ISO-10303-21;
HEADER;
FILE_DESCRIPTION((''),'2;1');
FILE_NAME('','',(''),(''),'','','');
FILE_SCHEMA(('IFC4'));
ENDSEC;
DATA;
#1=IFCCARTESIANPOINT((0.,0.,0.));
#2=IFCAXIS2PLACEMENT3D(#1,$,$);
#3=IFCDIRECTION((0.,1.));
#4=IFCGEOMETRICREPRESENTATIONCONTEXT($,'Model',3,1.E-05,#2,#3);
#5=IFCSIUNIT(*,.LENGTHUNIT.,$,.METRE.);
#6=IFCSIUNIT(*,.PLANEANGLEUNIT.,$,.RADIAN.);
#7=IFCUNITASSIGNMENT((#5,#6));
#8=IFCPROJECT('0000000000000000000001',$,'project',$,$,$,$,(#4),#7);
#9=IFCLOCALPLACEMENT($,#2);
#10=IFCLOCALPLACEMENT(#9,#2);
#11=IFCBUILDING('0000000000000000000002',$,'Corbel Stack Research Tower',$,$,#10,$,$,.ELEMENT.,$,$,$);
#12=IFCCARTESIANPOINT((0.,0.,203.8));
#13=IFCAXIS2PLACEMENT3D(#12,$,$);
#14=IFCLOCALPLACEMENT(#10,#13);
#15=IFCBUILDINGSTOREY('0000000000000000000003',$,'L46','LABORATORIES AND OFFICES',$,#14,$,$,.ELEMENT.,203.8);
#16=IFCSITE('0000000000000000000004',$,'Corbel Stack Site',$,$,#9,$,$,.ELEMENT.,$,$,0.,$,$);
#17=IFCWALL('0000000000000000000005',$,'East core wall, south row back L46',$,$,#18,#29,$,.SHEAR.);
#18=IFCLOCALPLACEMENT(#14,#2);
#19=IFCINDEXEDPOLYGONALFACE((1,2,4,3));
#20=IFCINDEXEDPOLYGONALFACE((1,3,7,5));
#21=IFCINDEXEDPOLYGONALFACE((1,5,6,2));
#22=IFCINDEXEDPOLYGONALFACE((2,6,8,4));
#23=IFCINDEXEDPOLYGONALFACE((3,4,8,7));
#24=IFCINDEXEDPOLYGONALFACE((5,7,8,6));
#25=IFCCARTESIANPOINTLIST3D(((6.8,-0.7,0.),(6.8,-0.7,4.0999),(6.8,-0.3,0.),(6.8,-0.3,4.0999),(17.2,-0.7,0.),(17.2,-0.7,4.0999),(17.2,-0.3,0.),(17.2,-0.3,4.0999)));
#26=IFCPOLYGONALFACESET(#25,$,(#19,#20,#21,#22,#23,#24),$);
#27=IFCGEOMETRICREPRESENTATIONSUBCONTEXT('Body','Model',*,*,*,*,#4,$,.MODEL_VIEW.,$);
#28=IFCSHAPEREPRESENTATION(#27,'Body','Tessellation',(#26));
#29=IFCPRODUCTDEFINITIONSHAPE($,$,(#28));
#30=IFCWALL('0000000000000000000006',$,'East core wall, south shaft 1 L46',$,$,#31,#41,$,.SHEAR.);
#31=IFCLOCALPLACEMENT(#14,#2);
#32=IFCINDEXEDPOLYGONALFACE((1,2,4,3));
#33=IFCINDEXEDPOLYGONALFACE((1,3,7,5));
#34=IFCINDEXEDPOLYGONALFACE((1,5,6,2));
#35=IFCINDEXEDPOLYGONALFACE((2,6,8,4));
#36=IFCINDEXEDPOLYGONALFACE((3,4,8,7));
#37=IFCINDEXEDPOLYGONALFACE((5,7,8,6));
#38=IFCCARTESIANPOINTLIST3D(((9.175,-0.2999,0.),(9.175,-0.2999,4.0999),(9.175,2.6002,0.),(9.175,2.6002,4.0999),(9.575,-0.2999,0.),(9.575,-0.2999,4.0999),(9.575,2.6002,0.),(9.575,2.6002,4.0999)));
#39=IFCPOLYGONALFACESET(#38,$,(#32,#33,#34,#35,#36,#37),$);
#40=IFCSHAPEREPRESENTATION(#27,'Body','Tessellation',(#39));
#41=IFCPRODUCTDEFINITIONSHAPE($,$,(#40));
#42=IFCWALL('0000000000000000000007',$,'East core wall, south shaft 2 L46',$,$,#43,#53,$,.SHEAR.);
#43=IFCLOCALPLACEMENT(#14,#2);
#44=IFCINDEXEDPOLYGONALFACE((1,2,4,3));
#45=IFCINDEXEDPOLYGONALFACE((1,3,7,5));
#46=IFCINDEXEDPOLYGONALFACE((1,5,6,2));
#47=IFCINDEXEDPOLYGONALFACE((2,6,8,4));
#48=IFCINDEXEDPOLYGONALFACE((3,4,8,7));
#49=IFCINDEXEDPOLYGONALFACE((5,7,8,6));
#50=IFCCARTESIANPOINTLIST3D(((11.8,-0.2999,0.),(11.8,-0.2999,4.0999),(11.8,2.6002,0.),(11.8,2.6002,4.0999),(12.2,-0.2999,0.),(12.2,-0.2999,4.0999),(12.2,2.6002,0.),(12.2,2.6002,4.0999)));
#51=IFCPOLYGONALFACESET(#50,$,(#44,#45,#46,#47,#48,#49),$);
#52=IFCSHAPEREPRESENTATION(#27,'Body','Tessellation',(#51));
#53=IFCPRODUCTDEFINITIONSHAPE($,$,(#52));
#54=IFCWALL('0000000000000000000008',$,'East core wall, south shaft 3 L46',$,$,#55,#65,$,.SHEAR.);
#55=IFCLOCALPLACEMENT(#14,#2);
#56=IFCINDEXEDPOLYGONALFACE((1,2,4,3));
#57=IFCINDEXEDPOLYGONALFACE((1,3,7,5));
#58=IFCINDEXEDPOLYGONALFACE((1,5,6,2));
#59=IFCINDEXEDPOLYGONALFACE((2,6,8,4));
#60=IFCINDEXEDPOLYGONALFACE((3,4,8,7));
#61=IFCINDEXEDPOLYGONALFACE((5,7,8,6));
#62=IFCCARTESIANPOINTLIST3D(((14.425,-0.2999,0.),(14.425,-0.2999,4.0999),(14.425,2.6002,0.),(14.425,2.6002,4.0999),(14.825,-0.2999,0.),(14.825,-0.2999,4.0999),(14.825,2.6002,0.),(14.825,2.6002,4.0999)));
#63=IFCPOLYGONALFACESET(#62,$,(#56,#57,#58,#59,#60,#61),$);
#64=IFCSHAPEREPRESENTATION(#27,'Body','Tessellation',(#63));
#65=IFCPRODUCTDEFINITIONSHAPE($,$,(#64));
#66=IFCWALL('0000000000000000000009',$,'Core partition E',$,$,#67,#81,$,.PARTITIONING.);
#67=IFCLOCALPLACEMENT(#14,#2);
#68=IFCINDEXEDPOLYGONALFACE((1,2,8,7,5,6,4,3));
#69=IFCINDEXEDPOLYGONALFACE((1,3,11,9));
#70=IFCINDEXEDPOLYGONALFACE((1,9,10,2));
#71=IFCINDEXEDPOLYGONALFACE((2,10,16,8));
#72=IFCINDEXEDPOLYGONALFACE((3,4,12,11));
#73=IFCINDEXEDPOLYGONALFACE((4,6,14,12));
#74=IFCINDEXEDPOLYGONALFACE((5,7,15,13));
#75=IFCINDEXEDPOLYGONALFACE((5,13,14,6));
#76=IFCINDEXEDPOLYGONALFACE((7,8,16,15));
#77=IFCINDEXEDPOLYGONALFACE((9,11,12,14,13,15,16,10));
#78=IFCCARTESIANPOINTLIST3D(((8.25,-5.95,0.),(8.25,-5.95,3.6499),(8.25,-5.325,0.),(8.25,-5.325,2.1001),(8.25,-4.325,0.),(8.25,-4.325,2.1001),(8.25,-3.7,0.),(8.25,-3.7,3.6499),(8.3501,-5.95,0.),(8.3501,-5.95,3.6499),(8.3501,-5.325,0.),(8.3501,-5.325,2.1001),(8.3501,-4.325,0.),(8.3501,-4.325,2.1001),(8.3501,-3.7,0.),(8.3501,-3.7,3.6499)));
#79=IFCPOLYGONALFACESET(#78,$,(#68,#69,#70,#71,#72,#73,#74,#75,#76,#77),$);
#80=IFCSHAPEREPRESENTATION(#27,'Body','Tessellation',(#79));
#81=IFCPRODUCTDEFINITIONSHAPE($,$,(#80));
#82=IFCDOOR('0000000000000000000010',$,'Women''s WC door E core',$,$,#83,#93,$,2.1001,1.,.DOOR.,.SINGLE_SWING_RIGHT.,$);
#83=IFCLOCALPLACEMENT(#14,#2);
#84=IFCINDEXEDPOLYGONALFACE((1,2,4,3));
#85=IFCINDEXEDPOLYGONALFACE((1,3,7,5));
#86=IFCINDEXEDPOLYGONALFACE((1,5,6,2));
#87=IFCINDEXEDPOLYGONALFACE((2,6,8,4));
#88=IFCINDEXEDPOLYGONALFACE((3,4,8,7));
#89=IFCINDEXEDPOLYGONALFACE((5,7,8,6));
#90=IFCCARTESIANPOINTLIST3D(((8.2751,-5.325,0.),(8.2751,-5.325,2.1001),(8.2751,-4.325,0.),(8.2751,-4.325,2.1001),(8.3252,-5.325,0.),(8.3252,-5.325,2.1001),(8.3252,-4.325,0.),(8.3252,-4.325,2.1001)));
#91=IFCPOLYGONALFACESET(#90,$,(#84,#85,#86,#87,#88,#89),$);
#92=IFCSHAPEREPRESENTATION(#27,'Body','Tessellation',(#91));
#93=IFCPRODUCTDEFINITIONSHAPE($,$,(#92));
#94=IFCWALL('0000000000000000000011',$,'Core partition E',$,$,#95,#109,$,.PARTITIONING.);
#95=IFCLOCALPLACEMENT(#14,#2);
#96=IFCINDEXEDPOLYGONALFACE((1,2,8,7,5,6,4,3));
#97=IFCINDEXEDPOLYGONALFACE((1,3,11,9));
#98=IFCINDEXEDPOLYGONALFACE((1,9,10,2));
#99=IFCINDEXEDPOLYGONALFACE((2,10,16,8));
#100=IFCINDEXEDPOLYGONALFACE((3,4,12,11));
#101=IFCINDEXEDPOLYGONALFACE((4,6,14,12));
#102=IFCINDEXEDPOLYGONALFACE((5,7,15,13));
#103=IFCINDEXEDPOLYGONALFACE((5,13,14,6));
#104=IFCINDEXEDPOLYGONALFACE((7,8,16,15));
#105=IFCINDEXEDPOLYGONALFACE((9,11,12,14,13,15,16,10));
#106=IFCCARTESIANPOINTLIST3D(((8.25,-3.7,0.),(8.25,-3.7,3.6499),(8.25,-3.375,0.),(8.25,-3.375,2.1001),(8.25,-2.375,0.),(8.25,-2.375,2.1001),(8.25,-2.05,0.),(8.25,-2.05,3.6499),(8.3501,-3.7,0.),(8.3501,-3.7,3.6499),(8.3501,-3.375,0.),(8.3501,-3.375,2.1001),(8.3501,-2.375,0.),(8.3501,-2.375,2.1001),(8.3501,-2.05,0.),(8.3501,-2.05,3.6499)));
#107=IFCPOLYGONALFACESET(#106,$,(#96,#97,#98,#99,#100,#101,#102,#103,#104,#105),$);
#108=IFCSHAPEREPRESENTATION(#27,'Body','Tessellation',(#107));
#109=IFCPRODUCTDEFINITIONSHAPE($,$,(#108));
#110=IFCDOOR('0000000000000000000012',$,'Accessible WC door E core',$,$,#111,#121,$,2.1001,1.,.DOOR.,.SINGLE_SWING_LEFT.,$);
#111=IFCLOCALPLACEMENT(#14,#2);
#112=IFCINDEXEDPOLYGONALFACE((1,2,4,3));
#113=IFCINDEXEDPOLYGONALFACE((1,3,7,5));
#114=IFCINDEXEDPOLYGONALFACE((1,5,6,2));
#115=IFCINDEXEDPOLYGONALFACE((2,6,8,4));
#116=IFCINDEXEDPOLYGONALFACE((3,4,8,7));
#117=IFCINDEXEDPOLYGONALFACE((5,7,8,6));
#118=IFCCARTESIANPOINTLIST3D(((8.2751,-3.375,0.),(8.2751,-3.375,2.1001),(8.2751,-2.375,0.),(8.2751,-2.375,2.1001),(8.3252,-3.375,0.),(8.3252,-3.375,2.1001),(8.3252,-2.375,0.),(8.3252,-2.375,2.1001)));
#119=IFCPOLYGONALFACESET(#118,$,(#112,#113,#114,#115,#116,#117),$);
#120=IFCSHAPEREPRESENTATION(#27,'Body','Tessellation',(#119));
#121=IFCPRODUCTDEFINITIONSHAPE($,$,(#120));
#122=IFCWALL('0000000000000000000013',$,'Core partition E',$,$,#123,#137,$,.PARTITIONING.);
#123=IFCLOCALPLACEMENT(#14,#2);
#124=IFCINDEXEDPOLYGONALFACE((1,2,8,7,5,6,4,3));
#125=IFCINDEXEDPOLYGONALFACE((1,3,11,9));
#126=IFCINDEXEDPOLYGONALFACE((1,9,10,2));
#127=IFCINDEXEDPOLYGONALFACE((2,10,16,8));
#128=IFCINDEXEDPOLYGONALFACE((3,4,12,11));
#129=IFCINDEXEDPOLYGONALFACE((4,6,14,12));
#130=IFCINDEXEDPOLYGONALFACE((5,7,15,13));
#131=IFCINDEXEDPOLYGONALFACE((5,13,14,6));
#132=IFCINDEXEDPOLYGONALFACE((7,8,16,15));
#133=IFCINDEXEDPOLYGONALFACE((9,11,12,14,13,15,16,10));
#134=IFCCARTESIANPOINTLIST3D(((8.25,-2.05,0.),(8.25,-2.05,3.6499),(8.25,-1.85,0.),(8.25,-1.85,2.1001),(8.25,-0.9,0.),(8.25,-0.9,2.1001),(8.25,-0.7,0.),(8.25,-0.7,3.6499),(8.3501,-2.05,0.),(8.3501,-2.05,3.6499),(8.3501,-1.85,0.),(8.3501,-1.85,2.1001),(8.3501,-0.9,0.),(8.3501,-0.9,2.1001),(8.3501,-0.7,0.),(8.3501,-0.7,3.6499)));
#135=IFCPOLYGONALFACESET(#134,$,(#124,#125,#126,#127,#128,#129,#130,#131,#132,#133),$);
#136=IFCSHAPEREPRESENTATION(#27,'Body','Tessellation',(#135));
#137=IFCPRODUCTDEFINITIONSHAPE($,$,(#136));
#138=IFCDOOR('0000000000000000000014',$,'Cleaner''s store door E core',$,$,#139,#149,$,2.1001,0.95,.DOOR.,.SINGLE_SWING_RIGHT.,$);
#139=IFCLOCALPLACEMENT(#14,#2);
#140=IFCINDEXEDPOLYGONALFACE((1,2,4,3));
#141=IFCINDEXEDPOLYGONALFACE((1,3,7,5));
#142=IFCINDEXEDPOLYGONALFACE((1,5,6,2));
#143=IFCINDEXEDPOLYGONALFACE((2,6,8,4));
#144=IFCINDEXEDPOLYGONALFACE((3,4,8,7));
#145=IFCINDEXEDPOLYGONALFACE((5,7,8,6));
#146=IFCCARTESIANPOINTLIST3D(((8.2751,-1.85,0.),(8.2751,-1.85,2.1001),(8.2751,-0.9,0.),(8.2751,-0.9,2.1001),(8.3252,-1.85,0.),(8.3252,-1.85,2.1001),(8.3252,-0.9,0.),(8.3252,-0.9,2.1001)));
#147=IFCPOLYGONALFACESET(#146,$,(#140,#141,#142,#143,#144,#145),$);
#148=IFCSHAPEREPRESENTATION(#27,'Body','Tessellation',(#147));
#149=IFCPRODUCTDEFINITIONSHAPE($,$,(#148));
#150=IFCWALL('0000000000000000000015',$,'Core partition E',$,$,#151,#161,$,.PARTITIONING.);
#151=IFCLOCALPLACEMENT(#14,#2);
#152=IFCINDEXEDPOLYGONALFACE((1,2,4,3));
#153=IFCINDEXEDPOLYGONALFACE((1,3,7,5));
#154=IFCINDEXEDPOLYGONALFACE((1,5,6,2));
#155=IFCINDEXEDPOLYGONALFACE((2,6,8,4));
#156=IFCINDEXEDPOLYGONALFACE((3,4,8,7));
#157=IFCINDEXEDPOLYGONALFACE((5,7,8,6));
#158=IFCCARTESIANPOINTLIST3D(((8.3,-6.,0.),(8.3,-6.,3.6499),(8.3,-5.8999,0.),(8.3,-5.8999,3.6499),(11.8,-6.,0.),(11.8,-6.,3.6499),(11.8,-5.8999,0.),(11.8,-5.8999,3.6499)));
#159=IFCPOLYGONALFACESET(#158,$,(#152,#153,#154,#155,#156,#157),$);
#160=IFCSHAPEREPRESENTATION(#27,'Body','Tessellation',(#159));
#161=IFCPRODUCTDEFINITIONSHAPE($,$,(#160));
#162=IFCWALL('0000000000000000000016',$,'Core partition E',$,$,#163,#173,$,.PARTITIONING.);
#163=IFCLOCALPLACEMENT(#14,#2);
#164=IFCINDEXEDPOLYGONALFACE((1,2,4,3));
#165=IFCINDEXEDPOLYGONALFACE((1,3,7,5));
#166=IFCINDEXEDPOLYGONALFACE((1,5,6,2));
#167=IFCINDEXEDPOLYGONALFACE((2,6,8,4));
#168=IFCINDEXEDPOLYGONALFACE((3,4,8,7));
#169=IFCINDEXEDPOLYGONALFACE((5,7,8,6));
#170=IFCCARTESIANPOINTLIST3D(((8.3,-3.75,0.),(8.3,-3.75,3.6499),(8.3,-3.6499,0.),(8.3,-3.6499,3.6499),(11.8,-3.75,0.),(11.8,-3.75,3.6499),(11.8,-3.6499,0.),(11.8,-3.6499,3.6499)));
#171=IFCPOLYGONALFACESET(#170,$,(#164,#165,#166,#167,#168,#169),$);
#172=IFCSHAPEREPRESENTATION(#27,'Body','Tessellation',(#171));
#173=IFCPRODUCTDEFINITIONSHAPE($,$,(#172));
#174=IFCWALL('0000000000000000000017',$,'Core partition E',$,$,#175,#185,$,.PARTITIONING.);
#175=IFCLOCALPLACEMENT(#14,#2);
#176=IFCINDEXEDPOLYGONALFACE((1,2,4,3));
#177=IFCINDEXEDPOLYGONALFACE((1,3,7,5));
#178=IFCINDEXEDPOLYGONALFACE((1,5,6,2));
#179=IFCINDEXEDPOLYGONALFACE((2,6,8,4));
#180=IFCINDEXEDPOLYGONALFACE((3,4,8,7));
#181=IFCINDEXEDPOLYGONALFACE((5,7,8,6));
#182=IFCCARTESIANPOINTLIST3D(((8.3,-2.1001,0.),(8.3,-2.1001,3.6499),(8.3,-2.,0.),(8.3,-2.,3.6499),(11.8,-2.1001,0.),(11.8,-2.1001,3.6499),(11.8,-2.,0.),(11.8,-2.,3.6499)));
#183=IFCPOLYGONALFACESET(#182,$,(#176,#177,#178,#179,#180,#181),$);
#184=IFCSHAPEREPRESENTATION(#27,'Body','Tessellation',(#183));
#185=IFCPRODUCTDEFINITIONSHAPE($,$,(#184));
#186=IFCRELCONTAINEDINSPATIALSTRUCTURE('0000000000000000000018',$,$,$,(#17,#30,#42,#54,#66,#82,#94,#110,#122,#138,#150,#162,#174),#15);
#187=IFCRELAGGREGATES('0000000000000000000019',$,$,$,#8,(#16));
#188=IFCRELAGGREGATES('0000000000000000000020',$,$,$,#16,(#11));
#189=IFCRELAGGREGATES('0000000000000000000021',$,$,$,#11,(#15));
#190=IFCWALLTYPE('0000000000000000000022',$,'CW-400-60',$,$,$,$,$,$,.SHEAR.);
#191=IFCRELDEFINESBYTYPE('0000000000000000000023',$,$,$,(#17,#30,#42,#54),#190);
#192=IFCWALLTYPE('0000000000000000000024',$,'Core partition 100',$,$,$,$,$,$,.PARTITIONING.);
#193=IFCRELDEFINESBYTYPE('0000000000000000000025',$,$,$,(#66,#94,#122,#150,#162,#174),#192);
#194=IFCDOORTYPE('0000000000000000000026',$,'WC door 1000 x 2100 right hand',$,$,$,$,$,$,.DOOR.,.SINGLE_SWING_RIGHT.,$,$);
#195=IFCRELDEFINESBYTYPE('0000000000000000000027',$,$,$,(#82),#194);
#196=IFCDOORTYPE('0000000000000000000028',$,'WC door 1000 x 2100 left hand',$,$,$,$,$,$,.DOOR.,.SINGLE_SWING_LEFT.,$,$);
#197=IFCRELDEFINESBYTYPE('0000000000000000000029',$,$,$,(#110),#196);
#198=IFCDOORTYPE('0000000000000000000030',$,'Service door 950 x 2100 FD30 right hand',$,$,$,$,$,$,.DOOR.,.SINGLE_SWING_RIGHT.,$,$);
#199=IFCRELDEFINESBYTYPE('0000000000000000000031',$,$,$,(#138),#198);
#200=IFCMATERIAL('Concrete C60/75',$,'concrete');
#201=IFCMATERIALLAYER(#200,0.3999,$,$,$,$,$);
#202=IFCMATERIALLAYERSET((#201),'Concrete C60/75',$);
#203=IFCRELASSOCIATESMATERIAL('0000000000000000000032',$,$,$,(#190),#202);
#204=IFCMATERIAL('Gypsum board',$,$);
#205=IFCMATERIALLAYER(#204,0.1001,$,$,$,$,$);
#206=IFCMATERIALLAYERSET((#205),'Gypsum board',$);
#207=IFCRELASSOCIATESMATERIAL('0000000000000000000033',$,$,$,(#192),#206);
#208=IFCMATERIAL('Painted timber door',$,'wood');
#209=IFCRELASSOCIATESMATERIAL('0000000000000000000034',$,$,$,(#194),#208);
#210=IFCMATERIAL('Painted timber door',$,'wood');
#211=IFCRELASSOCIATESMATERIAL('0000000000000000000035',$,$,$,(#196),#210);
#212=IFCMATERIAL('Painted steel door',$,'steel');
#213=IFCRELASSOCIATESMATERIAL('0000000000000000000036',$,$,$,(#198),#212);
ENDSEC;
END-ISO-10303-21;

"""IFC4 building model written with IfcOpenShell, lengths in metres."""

from ifc_helpers import new_model, si_unit, direction, frame, frame_2d, origin, place, context, subcontext, project, spatial, rectangle, extrude, material, layer, layer_set, type_object, element, fill, save


model = new_model("IFC4")

# Units and contexts
model_context = context("Model", 3, precision=1e-05, world=origin(), true_north=direction((0.0, 1.0)))
body_context = subcontext(model_context, "Body", "Model", "MODEL_VIEW")
ifc_project = project(units=[si_unit("LENGTHUNIT", "METRE"), si_unit("PLANEANGLEUNIT", "RADIAN")], contexts=[model_context])

# Site, building, storey
site_placement = place(None, origin())
site = spatial("IfcSite", under=ifc_project, at=site_placement, Name="Corbel Stack Site", CompositionType="ELEMENT", RefElevation=0.0)
building_placement = place(site_placement, origin())
building = spatial("IfcBuilding", under=site, at=building_placement, Name="Corbel Stack Research Tower", CompositionType="ELEMENT")
storey_placement = place(building_placement, frame((0.0, 0.0, 203.8)))
storey = spatial("IfcBuildingStorey", under=building, at=storey_placement, Name="L46", Description="LABORATORIES AND OFFICES", CompositionType="ELEMENT", Elevation=203.8)

# Walls
ifc_material_1 = material(Name="Concrete C60/75", Category="concrete")
ifc_layer_1 = layer(ifc_material_1, 0.3999)
ifc_layer_set_1 = layer_set([ifc_layer_1], Name="Concrete C60/75")
wall_type_1 = type_object("IfcWallType", Name="CW-400-60", PredefinedType="SHEAR", material=ifc_layer_set_1)
wall_1_placement = place(storey_placement, frame((6.8, -0.5, 0.0), z_axis=(0.0, 0.0, 1.0), x_axis=(1.0, 0.0, 0.0)))
element("IfcWall", 1, at=wall_1_placement, inside=storey, type_object=wall_type_1, Name="East core wall, south row back L46", PredefinedType="SHEAR", context=body_context, shape_type="SweptSolid", body=[
    extrude(rectangle(XDim=10.3999, YDim=0.3999, at=frame_2d((5.2, 0.0))), origin(), (0.0, 0.0, 1.0), 4.0999),
])
for number, where, z_axis, x_axis, name in (
    (2, (9.375, -0.3, 0.0), (0.0, 0.0, 1.0), (0.0, 1.0, 0.0), "East core wall, south shaft 1 L46"),
    (3, (12.0, -0.3, 0.0), (0.0, 0.0, 1.0), (0.0, 1.0, 0.0), "East core wall, south shaft 2 L46"),
    (4, (14.625, -0.3, 0.0), (0.0, 0.0, 1.0), (0.0, 1.0, 0.0), "East core wall, south shaft 3 L46"),
):
    element("IfcWall", number, at=place(storey_placement, frame(where, z_axis=z_axis, x_axis=x_axis)), inside=storey, type_object=wall_type_1, Name=name, PredefinedType="SHEAR", context=body_context, shape_type="SweptSolid", body=[
        extrude(rectangle(XDim=2.9001, YDim=0.3999, at=frame_2d((1.4502, 0.0))), origin(), (0.0, 0.0, 1.0), 4.0999),
    ])

# Walls, openings, doors
ifc_material_2 = material(Name="Gypsum board")
ifc_layer_2 = layer(ifc_material_2, 0.1001)
ifc_layer_set_2 = layer_set([ifc_layer_2], Name="Gypsum board")
wall_type_2 = type_object("IfcWallType", Name="Core partition 100", PredefinedType="PARTITIONING", material=ifc_layer_set_2)
wall_2_placement = place(storey_placement, frame((8.3, -5.95, 0.0), z_axis=(0.0, 0.0, 1.0), x_axis=(0.0, 1.0, 0.0)))
wall_2 = element("IfcWall", 5, at=wall_2_placement, inside=storey, type_object=wall_type_2, Name="Core partition E", PredefinedType="PARTITIONING", context=body_context, shape_type="SweptSolid", body=[
    extrude(rectangle(XDim=2.25, YDim=0.1001, at=frame_2d((1.125, 0.0))), origin(), (0.0, 0.0, 1.0), 3.6499),
])
opening_1_placement = place(wall_2_placement, frame((0.625, 0.0, 0.0)))
opening_1 = element("IfcOpeningElement", 6, at=opening_1_placement, cuts=wall_2, PredefinedType="OPENING", context=body_context, shape_type="SweptSolid", body=[
    extrude(rectangle(XDim=1.0, YDim=2.1001, at=frame_2d((0.5, 1.05))), frame((0.0, 0.0601, 0.0), z_axis=(0.0, -1.0, 0.0), x_axis=(1.0, 0.0, 0.0)), (0.0, 0.0, 1.0), 0.1201),
])
ifc_material_3 = material(Name="Painted timber door", Category="wood")
door_type_1 = type_object("IfcDoorType", Name="WC door 1000 x 2100 right hand", OperationType="SINGLE_SWING_RIGHT", PredefinedType="DOOR", material=ifc_material_3)
door_1_placement = place(opening_1_placement, origin())
door_1 = element("IfcDoor", 7, at=door_1_placement, inside=storey, type_object=door_type_1, Name="Women's WC door E core", OperationType="SINGLE_SWING_RIGHT", OverallHeight=2.1001, OverallWidth=1.0, PredefinedType="DOOR", context=body_context, shape_type="SweptSolid", body=[
    extrude(rectangle(XDim=1.0, YDim=2.1001, at=frame_2d((0.5, 1.05))), frame((0.0, 0.0249, 0.0), z_axis=(0.0, -1.0, 0.0), x_axis=(1.0, 0.0, 0.0)), (0.0, 0.0, 1.0), 0.05),
])
fill(opening_1, door_1)
wall_3_placement = place(storey_placement, frame((8.3, -3.7, 0.0), z_axis=(0.0, 0.0, 1.0), x_axis=(0.0, 1.0, 0.0)))
wall_3 = element("IfcWall", 8, at=wall_3_placement, inside=storey, type_object=wall_type_2, Name="Core partition E", PredefinedType="PARTITIONING", context=body_context, shape_type="SweptSolid", body=[
    extrude(rectangle(XDim=1.6499, YDim=0.1001, at=frame_2d((0.825, 0.0))), origin(), (0.0, 0.0, 1.0), 3.6499),
])
opening_2_placement = place(wall_3_placement, frame((0.325, 0.0, 0.0)))
opening_2 = element("IfcOpeningElement", 9, at=opening_2_placement, cuts=wall_3, PredefinedType="OPENING", context=body_context, shape_type="SweptSolid", body=[
    extrude(rectangle(XDim=1.0, YDim=2.1001, at=frame_2d((0.5, 1.05))), frame((0.0, 0.0601, 0.0), z_axis=(0.0, -1.0, 0.0), x_axis=(1.0, 0.0, 0.0)), (0.0, 0.0, 1.0), 0.1201),
])
ifc_material_4 = material(Name="Painted timber door", Category="wood")
door_type_2 = type_object("IfcDoorType", Name="WC door 1000 x 2100 left hand", OperationType="SINGLE_SWING_LEFT", PredefinedType="DOOR", material=ifc_material_4)
door_2_placement = place(opening_2_placement, origin())
door_2 = element("IfcDoor", 10, at=door_2_placement, inside=storey, type_object=door_type_2, Name="Accessible WC door E core", OperationType="SINGLE_SWING_LEFT", OverallHeight=2.1001, OverallWidth=1.0, PredefinedType="DOOR", context=body_context, shape_type="SweptSolid", body=[
    extrude(rectangle(XDim=1.0, YDim=2.1001, at=frame_2d((0.5, 1.05))), frame((0.0, 0.0249, 0.0), z_axis=(0.0, -1.0, 0.0), x_axis=(1.0, 0.0, 0.0)), (0.0, 0.0, 1.0), 0.05),
])
fill(opening_2, door_2)
wall_4_placement = place(storey_placement, frame((8.3, -2.05, 0.0), z_axis=(0.0, 0.0, 1.0), x_axis=(0.0, 1.0, 0.0)))
wall_4 = element("IfcWall", 11, at=wall_4_placement, inside=storey, type_object=wall_type_2, Name="Core partition E", PredefinedType="PARTITIONING", context=body_context, shape_type="SweptSolid", body=[
    extrude(rectangle(XDim=1.3501, YDim=0.1001, at=frame_2d((0.675, 0.0))), origin(), (0.0, 0.0, 1.0), 3.6499),
])
opening_3_placement = place(wall_4_placement, frame((0.2, 0.0, 0.0)))
opening_3 = element("IfcOpeningElement", 12, at=opening_3_placement, cuts=wall_4, PredefinedType="OPENING", context=body_context, shape_type="SweptSolid", body=[
    extrude(rectangle(XDim=0.95, YDim=2.1001, at=frame_2d((0.4751, 1.05))), frame((0.0, 0.0601, 0.0), z_axis=(0.0, -1.0, 0.0), x_axis=(1.0, 0.0, 0.0)), (0.0, 0.0, 1.0), 0.1201),
])
ifc_material_5 = material(Name="Painted steel door", Category="steel")
door_type_3 = type_object("IfcDoorType", Name="Service door 950 x 2100 FD30 right hand", OperationType="SINGLE_SWING_RIGHT", PredefinedType="DOOR", material=ifc_material_5)
door_3_placement = place(opening_3_placement, origin())
door_3 = element("IfcDoor", 13, at=door_3_placement, inside=storey, type_object=door_type_3, Name="Cleaner's store door E core", OperationType="SINGLE_SWING_RIGHT", OverallHeight=2.1001, OverallWidth=0.95, PredefinedType="DOOR", context=body_context, shape_type="SweptSolid", body=[
    extrude(rectangle(XDim=0.95, YDim=2.1001, at=frame_2d((0.4751, 1.05))), frame((0.0, 0.0249, 0.0), z_axis=(0.0, -1.0, 0.0), x_axis=(1.0, 0.0, 0.0)), (0.0, 0.0, 1.0), 0.05),
])
fill(opening_3, door_3)

# Walls
for number, where, z_axis, x_axis, name in (
    (14, (8.3, -5.95, 0.0), (0.0, 0.0, 1.0), (1.0, 0.0, 0.0), "Core partition E"),
    (15, (8.3, -3.7, 0.0), (0.0, 0.0, 1.0), (1.0, 0.0, 0.0), "Core partition E"),
    (16, (8.3, -2.05, 0.0), (0.0, 0.0, 1.0), (1.0, 0.0, 0.0), "Core partition E"),
):
    element("IfcWall", number, at=place(storey_placement, frame(where, z_axis=z_axis, x_axis=x_axis)), inside=storey, type_object=wall_type_2, Name=name, PredefinedType="PARTITIONING", context=body_context, shape_type="SweptSolid", body=[
        extrude(rectangle(XDim=3.5, YDim=0.1001, at=frame_2d((1.75, 0.0))), origin(), (0.0, 0.0, 1.0), 3.6499),
    ])

save(model, "model.ifc")
